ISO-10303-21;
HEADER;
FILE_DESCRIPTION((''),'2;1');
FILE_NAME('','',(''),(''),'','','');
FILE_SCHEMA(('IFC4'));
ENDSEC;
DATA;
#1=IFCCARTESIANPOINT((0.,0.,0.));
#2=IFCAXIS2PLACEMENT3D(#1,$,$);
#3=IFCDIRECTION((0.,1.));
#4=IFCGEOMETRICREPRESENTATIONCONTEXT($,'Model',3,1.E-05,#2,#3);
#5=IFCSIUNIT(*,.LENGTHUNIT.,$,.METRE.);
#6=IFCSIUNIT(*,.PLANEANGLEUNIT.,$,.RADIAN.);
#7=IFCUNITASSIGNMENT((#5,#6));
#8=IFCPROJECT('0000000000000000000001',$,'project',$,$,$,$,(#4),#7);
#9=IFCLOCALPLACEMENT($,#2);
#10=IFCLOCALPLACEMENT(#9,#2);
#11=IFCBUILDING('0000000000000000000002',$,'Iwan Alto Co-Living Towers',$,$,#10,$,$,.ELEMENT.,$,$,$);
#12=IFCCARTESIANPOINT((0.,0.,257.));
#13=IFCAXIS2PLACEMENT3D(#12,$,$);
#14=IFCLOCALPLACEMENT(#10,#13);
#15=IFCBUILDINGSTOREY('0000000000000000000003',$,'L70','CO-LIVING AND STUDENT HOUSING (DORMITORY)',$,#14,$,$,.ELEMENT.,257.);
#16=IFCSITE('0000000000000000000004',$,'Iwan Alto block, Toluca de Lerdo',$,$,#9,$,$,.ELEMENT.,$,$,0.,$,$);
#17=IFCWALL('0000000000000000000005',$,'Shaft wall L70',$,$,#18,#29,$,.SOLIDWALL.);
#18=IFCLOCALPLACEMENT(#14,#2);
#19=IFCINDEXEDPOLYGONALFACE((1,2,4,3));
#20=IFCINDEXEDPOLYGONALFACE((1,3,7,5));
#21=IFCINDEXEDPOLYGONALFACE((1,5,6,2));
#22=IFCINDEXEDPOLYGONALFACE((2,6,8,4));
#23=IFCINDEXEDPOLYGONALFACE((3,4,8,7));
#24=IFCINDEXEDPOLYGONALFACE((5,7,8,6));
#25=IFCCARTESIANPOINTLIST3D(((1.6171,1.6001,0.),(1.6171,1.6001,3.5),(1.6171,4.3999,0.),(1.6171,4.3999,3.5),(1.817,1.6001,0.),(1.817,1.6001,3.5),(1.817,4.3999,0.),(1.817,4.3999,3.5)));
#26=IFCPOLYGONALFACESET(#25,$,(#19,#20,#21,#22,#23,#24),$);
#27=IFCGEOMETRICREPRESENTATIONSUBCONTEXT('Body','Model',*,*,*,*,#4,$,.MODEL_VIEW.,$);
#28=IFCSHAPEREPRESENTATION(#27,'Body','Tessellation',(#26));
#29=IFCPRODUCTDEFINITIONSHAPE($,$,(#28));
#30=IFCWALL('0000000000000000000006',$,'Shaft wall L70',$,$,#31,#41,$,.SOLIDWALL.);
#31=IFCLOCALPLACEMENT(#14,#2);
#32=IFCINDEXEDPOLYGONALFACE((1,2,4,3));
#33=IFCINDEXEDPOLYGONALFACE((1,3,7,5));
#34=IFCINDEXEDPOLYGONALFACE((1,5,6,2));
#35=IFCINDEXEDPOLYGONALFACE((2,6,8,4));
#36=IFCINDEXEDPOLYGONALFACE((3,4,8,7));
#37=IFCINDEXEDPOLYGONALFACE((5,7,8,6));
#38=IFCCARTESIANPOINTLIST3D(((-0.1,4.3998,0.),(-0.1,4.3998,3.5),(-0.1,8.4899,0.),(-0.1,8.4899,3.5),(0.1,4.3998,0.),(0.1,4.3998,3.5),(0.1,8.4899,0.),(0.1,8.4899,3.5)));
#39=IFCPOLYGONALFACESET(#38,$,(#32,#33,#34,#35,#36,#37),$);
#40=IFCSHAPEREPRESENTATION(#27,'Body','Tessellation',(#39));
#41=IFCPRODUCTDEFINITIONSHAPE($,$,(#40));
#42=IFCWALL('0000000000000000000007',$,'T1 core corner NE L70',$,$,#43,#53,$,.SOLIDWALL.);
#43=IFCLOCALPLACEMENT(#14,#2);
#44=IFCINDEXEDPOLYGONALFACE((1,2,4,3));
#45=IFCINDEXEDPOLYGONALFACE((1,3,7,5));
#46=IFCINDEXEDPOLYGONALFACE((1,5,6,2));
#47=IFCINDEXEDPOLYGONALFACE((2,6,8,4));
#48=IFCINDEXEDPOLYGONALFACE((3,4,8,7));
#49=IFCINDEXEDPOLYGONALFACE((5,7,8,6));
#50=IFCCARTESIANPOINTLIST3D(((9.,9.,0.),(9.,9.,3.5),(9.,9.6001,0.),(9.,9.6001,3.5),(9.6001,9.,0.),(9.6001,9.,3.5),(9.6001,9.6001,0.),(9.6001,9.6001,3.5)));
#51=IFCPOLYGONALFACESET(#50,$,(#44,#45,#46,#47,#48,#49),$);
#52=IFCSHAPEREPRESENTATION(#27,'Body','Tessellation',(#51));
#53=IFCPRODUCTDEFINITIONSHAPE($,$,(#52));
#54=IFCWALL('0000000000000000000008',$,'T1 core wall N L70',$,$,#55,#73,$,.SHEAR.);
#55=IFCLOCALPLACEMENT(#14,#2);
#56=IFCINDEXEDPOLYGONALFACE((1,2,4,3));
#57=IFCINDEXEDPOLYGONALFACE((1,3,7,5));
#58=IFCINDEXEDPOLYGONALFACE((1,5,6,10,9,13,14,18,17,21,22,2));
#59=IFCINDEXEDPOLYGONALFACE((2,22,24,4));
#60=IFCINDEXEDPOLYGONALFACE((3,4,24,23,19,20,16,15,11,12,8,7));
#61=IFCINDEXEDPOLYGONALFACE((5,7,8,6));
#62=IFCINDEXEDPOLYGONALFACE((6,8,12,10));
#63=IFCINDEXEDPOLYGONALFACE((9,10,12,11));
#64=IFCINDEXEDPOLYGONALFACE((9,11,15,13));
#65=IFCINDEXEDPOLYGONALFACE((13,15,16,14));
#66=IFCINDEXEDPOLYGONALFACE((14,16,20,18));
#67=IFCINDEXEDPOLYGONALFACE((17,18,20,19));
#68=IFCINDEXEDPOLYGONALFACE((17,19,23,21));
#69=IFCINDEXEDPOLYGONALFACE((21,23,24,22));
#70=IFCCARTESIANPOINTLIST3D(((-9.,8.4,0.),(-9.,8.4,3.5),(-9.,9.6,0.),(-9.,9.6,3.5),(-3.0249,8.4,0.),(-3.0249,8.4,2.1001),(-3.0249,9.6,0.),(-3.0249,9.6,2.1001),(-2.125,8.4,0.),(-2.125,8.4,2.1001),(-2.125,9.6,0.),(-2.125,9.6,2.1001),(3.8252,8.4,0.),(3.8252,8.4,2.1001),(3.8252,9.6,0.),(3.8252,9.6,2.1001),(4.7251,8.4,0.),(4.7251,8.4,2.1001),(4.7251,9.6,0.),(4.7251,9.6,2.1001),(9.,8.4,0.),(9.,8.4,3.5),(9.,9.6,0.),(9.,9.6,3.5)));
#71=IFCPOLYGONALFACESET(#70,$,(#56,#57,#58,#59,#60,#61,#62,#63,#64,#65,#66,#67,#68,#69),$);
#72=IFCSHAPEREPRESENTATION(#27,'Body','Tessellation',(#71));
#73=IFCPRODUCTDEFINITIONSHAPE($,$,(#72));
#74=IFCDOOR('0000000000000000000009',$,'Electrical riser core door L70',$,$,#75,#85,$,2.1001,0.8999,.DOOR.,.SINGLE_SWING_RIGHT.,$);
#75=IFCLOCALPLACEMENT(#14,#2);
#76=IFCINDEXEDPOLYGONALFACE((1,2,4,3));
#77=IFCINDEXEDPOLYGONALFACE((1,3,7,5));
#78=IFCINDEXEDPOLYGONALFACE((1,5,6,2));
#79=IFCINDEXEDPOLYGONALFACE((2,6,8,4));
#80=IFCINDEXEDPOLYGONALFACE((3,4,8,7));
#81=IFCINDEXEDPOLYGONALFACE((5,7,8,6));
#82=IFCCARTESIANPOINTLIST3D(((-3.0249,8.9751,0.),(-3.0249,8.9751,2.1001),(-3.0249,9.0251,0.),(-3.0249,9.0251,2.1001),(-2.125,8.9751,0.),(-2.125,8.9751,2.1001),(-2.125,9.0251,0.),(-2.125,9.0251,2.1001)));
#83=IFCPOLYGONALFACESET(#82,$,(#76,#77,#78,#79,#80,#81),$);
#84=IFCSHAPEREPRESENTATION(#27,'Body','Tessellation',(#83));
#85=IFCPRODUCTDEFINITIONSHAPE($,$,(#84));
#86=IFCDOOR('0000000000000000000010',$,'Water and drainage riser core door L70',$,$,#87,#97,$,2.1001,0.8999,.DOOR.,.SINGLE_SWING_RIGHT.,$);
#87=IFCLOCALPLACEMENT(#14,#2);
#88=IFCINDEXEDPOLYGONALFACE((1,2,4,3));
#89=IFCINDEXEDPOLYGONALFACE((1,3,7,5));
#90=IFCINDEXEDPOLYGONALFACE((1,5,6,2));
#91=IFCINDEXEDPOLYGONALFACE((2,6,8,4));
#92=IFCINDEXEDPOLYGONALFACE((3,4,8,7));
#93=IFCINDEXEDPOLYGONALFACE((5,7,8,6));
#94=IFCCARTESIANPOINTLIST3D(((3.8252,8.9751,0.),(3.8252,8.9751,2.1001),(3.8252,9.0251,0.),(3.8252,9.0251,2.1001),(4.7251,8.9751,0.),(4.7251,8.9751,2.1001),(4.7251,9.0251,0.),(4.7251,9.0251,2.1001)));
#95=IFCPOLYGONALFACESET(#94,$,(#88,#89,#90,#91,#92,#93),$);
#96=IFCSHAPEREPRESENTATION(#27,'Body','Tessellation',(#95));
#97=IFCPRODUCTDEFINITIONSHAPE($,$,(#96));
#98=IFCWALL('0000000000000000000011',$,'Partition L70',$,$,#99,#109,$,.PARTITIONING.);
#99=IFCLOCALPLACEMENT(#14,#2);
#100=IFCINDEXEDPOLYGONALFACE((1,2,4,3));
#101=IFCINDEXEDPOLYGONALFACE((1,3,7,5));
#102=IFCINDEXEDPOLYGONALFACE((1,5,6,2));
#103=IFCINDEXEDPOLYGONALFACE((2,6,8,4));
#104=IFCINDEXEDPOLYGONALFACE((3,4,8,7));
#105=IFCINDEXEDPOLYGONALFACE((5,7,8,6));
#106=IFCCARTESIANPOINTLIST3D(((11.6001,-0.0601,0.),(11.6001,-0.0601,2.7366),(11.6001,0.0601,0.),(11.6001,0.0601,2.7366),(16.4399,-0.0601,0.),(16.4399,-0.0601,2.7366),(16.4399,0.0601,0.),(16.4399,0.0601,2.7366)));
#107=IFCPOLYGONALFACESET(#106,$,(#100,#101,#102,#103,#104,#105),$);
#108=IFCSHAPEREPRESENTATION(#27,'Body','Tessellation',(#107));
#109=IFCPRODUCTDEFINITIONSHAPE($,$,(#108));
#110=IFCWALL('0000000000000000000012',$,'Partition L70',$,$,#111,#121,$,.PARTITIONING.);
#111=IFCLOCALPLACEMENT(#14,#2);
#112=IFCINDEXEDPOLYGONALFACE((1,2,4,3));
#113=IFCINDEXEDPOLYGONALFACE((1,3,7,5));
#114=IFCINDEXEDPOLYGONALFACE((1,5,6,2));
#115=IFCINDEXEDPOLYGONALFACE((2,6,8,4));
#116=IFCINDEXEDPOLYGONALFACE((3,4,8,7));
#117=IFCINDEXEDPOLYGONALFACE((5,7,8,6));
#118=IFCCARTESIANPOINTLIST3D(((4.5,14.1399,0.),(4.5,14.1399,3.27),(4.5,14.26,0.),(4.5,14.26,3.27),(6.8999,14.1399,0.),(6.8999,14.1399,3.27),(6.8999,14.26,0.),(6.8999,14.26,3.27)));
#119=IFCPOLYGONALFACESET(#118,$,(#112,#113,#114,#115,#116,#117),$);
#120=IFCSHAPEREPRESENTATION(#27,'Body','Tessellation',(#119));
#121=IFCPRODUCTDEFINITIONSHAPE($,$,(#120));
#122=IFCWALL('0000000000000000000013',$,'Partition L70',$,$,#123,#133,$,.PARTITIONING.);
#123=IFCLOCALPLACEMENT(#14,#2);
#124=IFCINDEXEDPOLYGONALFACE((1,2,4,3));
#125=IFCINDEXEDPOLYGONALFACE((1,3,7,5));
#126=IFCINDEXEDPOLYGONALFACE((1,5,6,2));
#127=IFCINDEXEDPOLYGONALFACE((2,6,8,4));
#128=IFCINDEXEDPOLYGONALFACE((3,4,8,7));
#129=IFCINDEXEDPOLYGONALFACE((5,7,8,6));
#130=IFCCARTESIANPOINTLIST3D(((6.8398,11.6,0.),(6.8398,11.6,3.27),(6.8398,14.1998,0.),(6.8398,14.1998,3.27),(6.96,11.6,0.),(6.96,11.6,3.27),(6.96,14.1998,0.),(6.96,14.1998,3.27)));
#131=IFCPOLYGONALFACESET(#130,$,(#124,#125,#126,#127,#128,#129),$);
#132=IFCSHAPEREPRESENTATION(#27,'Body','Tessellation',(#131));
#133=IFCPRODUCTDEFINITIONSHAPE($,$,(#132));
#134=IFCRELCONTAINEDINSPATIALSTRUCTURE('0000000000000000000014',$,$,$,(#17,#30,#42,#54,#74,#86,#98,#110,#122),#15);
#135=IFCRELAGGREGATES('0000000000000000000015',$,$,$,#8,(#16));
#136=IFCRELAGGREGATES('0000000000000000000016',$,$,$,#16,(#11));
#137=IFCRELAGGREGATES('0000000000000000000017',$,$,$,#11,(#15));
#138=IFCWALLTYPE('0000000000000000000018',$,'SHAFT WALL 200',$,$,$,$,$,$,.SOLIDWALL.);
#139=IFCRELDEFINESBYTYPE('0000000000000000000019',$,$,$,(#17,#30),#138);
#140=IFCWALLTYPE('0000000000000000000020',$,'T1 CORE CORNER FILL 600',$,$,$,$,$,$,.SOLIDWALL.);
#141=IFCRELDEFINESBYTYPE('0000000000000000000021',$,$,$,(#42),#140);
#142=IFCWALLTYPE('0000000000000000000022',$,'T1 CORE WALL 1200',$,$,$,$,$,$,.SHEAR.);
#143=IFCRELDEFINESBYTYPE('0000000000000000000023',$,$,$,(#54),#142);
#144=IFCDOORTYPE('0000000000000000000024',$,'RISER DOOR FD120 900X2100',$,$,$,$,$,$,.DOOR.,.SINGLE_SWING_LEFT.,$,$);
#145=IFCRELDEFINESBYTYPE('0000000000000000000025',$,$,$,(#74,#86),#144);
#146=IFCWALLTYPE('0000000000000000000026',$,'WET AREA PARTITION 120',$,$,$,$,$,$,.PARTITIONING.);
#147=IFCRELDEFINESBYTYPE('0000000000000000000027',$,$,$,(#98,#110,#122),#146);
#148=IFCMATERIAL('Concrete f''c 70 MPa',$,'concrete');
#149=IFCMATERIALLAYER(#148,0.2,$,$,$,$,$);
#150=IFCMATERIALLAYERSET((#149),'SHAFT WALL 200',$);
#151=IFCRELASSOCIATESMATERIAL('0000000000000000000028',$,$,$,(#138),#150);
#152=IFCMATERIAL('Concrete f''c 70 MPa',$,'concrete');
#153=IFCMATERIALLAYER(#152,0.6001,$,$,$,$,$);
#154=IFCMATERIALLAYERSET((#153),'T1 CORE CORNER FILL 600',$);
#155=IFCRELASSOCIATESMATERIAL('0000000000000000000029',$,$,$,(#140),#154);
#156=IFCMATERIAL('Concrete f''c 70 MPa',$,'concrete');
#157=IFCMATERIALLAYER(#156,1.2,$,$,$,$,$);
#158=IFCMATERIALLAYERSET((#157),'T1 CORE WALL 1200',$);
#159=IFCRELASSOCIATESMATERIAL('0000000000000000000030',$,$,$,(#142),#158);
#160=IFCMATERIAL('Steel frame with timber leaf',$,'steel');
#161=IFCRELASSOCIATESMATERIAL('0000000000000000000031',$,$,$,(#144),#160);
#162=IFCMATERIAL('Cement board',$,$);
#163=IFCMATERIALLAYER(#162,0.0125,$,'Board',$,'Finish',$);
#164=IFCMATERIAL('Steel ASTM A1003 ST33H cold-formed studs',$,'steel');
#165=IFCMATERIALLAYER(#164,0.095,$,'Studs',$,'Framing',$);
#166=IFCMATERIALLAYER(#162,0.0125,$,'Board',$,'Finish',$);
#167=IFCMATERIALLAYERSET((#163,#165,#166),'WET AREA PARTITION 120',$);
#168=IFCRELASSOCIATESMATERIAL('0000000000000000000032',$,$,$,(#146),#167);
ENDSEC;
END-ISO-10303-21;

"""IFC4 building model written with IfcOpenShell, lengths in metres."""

from ifc_helpers import new_model, si_unit, direction, frame, frame_2d, origin, place, context, subcontext, project, spatial, rectangle, extrude, material, layer, layer_set, type_object, element, fill, save


model = new_model("IFC4")

# Units and contexts
model_context = context("Model", 3, precision=1e-05, world=origin(), true_north=direction((0.0, 1.0)))
body_context = subcontext(model_context, "Body", "Model", "MODEL_VIEW")
ifc_project = project(units=[si_unit("LENGTHUNIT", "METRE"), si_unit("PLANEANGLEUNIT", "RADIAN")], contexts=[model_context])

# Site, building, storey
site_placement = place(None, origin())
site = spatial("IfcSite", under=ifc_project, at=site_placement, Name="Iwan Alto block, Toluca de Lerdo", CompositionType="ELEMENT", RefElevation=0.0)
building_placement = place(site_placement, origin())
building = spatial("IfcBuilding", under=site, at=building_placement, Name="Iwan Alto Co-Living Towers", CompositionType="ELEMENT")
storey_placement = place(building_placement, frame((0.0, 0.0, 257.0)))
storey = spatial("IfcBuildingStorey", under=building, at=storey_placement, Name="L70", Description="CO-LIVING AND STUDENT HOUSING (DORMITORY)", CompositionType="ELEMENT", Elevation=257.0)

# Shared definitions
ifc_material_1 = material(Name="Steel ASTM A1003 ST33H cold-formed studs", Category="steel")

# Walls
ifc_material_2 = material(Name="Concrete f'c 70 MPa", Category="concrete")
ifc_layer_1 = layer(ifc_material_2, 0.2)
ifc_layer_set_1 = layer_set([ifc_layer_1], Name="SHAFT WALL 200")
wall_type_1 = type_object("IfcWallType", Name="SHAFT WALL 200", PredefinedType="SOLIDWALL", material=ifc_layer_set_1)
wall_1_placement = place(storey_placement, frame((1.717, 1.6001, 0.0), z_axis=(0.0, 0.0, 1.0), x_axis=(0.0, 1.0, 0.0)))
element("IfcWall", 1, at=wall_1_placement, inside=storey, type_object=wall_type_1, Name="Shaft wall L70", PredefinedType="SOLIDWALL", context=body_context, shape_type="SweptSolid", body=[
    extrude(rectangle(XDim=2.7998, YDim=0.2, at=frame_2d((1.3999, 0.0))), origin(), (0.0, 0.0, 1.0), 3.5),
])
wall_2_placement = place(storey_placement, frame((0.0, 4.3999, 0.0), z_axis=(0.0, 0.0, 1.0), x_axis=(0.0, 1.0, 0.0)))
element("IfcWall", 2, at=wall_2_placement, inside=storey, type_object=wall_type_1, Name="Shaft wall L70", PredefinedType="SOLIDWALL", context=body_context, shape_type="SweptSolid", body=[
    extrude(rectangle(XDim=4.0901, YDim=0.2, at=frame_2d((2.0449, 0.0))), origin(), (0.0, 0.0, 1.0), 3.5),
])
ifc_material_3 = material(Name="Concrete f'c 70 MPa", Category="concrete")
ifc_layer_2 = layer(ifc_material_3, 0.6001)
ifc_layer_set_2 = layer_set([ifc_layer_2], Name="T1 CORE CORNER FILL 600")
wall_type_2 = type_object("IfcWallType", Name="T1 CORE CORNER FILL 600", PredefinedType="SOLIDWALL", material=ifc_layer_set_2)
wall_3_placement = place(storey_placement, frame((9.0, 9.3, 0.0), z_axis=(0.0, 0.0, 1.0), x_axis=(1.0, 0.0, 0.0)))
element("IfcWall", 3, at=wall_3_placement, inside=storey, type_object=wall_type_2, Name="T1 core corner NE L70", PredefinedType="SOLIDWALL", context=body_context, shape_type="SweptSolid", body=[
    extrude(rectangle(XDim=0.6001, YDim=0.6001, at=frame_2d((0.3, 0.0))), origin(), (0.0, 0.0, 1.0), 3.5),
])

# Wall, openings, doors
ifc_material_4 = material(Name="Concrete f'c 70 MPa", Category="concrete")
ifc_layer_3 = layer(ifc_material_4, 1.2)
ifc_layer_set_3 = layer_set([ifc_layer_3], Name="T1 CORE WALL 1200")
wall_type_3 = type_object("IfcWallType", Name="T1 CORE WALL 1200", PredefinedType="SHEAR", material=ifc_layer_set_3)
wall_4_placement = place(storey_placement, frame((9.0, 9.0, 0.0), z_axis=(0.0, 0.0, 1.0), x_axis=(-1.0, 0.0, 0.0)))
wall_4 = element("IfcWall", 4, at=wall_4_placement, inside=storey, type_object=wall_type_3, Name="T1 core wall N L70", PredefinedType="SHEAR", context=body_context, shape_type="SweptSolid", body=[
    extrude(rectangle(XDim=18.0, YDim=1.2, at=frame_2d((9.0, 0.0))), origin(), (0.0, 0.0, 1.0), 3.5),
])
opening_1_placement = place(wall_4_placement, frame((11.125, 0.0, 0.0)))
opening_1 = element("IfcOpeningElement", 5, at=opening_1_placement, cuts=wall_4, PredefinedType="OPENING", context=body_context, shape_type="SweptSolid", body=[
    extrude(rectangle(XDim=0.8999, YDim=2.1001, at=frame_2d((0.45, 1.05))), frame((0.0, 0.6099, 0.0), z_axis=(0.0, -1.0, 0.0), x_axis=(1.0, 0.0, 0.0)), (0.0, 0.0, 1.0), 1.22),
])
opening_2_placement = place(wall_4_placement, frame((4.2749, 0.0, 0.0)))
opening_2 = element("IfcOpeningElement", 6, at=opening_2_placement, cuts=wall_4, PredefinedType="OPENING", context=body_context, shape_type="SweptSolid", body=[
    extrude(rectangle(XDim=0.8999, YDim=2.1001, at=frame_2d((0.45, 1.05))), frame((0.0, 0.6099, 0.0), z_axis=(0.0, -1.0, 0.0), x_axis=(1.0, 0.0, 0.0)), (0.0, 0.0, 1.0), 1.22),
])
ifc_material_5 = material(Name="Steel frame with timber leaf", Category="steel")
door_type_1 = type_object("IfcDoorType", Name="RISER DOOR FD120 900X2100", OperationType="SINGLE_SWING_LEFT", PredefinedType="DOOR", material=ifc_material_5)
door_1_placement = place(opening_1_placement, origin())
door_1 = element("IfcDoor", 7, at=door_1_placement, inside=storey, type_object=door_type_1, Name="Electrical riser core door L70", OperationType="SINGLE_SWING_RIGHT", OverallHeight=2.1001, OverallWidth=0.8999, PredefinedType="DOOR", context=body_context, shape_type="SweptSolid", body=[
    extrude(rectangle(XDim=0.8999, YDim=2.1001, at=frame_2d((0.45, 1.05))), frame((0.0, 0.0249, 0.0), z_axis=(0.0, -1.0, 0.0), x_axis=(1.0, 0.0, 0.0)), (0.0, 0.0, 1.0), 0.05),
])
fill(opening_1, door_1)
door_2_placement = place(opening_2_placement, origin())
door_2 = element("IfcDoor", 8, at=door_2_placement, inside=storey, type_object=door_type_1, Name="Water and drainage riser core door L70", OperationType="SINGLE_SWING_RIGHT", OverallHeight=2.1001, OverallWidth=0.8999, PredefinedType="DOOR", context=body_context, shape_type="SweptSolid", body=[
    extrude(rectangle(XDim=0.8999, YDim=2.1001, at=frame_2d((0.45, 1.05))), frame((0.0, 0.0249, 0.0), z_axis=(0.0, -1.0, 0.0), x_axis=(1.0, 0.0, 0.0)), (0.0, 0.0, 1.0), 0.05),
])
fill(opening_2, door_2)

# Walls
ifc_material_6 = material(Name="Cement board")
ifc_layer_4 = layer(ifc_material_6, 0.0125, Name="Board", Category="Finish")
ifc_layer_5 = layer(ifc_material_1, 0.095, Name="Studs", Category="Framing")
ifc_layer_6 = layer(ifc_material_6, 0.0125, Name="Board", Category="Finish")
ifc_layer_set_4 = layer_set([ifc_layer_4, ifc_layer_5, ifc_layer_6], Name="WET AREA PARTITION 120")
wall_type_4 = type_object("IfcWallType", Name="WET AREA PARTITION 120", PredefinedType="PARTITIONING", material=ifc_layer_set_4)
wall_5_placement = place(storey_placement, frame((11.6001, 0.0, 0.0), z_axis=(0.0, 0.0, 1.0), x_axis=(1.0, 0.0, 0.0)))
element("IfcWall", 9, at=wall_5_placement, inside=storey, type_object=wall_type_4, Name="Partition L70", PredefinedType="PARTITIONING", context=body_context, shape_type="SweptSolid", body=[
    extrude(rectangle(XDim=4.8398, YDim=0.1201, at=frame_2d((2.4199, 0.0))), origin(), (0.0, 0.0, 1.0), 2.7366),
])
wall_6_placement = place(storey_placement, frame((4.5, 14.2, 0.0), z_axis=(0.0, 0.0, 1.0), x_axis=(1.0, 0.0, 0.0)))
element("IfcWall", 10, at=wall_6_placement, inside=storey, type_object=wall_type_4, Name="Partition L70", PredefinedType="PARTITIONING", context=body_context, shape_type="SweptSolid", body=[
    extrude(rectangle(XDim=2.3999, YDim=0.1201, at=frame_2d((1.2, 0.0))), origin(), (0.0, 0.0, 1.0), 3.27),
])
wall_7_placement = place(storey_placement, frame((6.8999, 11.6001, 0.0), z_axis=(0.0, 0.0, 1.0), x_axis=(0.0, 1.0, 0.0)))
element("IfcWall", 11, at=wall_7_placement, inside=storey, type_object=wall_type_4, Name="Partition L70", PredefinedType="PARTITIONING", context=body_context, shape_type="SweptSolid", body=[
    extrude(rectangle(XDim=2.5999, YDim=0.1201, at=frame_2d((1.2998, 0.0))), origin(), (0.0, 0.0, 1.0), 3.27),
])

save(model, "model.ifc")
